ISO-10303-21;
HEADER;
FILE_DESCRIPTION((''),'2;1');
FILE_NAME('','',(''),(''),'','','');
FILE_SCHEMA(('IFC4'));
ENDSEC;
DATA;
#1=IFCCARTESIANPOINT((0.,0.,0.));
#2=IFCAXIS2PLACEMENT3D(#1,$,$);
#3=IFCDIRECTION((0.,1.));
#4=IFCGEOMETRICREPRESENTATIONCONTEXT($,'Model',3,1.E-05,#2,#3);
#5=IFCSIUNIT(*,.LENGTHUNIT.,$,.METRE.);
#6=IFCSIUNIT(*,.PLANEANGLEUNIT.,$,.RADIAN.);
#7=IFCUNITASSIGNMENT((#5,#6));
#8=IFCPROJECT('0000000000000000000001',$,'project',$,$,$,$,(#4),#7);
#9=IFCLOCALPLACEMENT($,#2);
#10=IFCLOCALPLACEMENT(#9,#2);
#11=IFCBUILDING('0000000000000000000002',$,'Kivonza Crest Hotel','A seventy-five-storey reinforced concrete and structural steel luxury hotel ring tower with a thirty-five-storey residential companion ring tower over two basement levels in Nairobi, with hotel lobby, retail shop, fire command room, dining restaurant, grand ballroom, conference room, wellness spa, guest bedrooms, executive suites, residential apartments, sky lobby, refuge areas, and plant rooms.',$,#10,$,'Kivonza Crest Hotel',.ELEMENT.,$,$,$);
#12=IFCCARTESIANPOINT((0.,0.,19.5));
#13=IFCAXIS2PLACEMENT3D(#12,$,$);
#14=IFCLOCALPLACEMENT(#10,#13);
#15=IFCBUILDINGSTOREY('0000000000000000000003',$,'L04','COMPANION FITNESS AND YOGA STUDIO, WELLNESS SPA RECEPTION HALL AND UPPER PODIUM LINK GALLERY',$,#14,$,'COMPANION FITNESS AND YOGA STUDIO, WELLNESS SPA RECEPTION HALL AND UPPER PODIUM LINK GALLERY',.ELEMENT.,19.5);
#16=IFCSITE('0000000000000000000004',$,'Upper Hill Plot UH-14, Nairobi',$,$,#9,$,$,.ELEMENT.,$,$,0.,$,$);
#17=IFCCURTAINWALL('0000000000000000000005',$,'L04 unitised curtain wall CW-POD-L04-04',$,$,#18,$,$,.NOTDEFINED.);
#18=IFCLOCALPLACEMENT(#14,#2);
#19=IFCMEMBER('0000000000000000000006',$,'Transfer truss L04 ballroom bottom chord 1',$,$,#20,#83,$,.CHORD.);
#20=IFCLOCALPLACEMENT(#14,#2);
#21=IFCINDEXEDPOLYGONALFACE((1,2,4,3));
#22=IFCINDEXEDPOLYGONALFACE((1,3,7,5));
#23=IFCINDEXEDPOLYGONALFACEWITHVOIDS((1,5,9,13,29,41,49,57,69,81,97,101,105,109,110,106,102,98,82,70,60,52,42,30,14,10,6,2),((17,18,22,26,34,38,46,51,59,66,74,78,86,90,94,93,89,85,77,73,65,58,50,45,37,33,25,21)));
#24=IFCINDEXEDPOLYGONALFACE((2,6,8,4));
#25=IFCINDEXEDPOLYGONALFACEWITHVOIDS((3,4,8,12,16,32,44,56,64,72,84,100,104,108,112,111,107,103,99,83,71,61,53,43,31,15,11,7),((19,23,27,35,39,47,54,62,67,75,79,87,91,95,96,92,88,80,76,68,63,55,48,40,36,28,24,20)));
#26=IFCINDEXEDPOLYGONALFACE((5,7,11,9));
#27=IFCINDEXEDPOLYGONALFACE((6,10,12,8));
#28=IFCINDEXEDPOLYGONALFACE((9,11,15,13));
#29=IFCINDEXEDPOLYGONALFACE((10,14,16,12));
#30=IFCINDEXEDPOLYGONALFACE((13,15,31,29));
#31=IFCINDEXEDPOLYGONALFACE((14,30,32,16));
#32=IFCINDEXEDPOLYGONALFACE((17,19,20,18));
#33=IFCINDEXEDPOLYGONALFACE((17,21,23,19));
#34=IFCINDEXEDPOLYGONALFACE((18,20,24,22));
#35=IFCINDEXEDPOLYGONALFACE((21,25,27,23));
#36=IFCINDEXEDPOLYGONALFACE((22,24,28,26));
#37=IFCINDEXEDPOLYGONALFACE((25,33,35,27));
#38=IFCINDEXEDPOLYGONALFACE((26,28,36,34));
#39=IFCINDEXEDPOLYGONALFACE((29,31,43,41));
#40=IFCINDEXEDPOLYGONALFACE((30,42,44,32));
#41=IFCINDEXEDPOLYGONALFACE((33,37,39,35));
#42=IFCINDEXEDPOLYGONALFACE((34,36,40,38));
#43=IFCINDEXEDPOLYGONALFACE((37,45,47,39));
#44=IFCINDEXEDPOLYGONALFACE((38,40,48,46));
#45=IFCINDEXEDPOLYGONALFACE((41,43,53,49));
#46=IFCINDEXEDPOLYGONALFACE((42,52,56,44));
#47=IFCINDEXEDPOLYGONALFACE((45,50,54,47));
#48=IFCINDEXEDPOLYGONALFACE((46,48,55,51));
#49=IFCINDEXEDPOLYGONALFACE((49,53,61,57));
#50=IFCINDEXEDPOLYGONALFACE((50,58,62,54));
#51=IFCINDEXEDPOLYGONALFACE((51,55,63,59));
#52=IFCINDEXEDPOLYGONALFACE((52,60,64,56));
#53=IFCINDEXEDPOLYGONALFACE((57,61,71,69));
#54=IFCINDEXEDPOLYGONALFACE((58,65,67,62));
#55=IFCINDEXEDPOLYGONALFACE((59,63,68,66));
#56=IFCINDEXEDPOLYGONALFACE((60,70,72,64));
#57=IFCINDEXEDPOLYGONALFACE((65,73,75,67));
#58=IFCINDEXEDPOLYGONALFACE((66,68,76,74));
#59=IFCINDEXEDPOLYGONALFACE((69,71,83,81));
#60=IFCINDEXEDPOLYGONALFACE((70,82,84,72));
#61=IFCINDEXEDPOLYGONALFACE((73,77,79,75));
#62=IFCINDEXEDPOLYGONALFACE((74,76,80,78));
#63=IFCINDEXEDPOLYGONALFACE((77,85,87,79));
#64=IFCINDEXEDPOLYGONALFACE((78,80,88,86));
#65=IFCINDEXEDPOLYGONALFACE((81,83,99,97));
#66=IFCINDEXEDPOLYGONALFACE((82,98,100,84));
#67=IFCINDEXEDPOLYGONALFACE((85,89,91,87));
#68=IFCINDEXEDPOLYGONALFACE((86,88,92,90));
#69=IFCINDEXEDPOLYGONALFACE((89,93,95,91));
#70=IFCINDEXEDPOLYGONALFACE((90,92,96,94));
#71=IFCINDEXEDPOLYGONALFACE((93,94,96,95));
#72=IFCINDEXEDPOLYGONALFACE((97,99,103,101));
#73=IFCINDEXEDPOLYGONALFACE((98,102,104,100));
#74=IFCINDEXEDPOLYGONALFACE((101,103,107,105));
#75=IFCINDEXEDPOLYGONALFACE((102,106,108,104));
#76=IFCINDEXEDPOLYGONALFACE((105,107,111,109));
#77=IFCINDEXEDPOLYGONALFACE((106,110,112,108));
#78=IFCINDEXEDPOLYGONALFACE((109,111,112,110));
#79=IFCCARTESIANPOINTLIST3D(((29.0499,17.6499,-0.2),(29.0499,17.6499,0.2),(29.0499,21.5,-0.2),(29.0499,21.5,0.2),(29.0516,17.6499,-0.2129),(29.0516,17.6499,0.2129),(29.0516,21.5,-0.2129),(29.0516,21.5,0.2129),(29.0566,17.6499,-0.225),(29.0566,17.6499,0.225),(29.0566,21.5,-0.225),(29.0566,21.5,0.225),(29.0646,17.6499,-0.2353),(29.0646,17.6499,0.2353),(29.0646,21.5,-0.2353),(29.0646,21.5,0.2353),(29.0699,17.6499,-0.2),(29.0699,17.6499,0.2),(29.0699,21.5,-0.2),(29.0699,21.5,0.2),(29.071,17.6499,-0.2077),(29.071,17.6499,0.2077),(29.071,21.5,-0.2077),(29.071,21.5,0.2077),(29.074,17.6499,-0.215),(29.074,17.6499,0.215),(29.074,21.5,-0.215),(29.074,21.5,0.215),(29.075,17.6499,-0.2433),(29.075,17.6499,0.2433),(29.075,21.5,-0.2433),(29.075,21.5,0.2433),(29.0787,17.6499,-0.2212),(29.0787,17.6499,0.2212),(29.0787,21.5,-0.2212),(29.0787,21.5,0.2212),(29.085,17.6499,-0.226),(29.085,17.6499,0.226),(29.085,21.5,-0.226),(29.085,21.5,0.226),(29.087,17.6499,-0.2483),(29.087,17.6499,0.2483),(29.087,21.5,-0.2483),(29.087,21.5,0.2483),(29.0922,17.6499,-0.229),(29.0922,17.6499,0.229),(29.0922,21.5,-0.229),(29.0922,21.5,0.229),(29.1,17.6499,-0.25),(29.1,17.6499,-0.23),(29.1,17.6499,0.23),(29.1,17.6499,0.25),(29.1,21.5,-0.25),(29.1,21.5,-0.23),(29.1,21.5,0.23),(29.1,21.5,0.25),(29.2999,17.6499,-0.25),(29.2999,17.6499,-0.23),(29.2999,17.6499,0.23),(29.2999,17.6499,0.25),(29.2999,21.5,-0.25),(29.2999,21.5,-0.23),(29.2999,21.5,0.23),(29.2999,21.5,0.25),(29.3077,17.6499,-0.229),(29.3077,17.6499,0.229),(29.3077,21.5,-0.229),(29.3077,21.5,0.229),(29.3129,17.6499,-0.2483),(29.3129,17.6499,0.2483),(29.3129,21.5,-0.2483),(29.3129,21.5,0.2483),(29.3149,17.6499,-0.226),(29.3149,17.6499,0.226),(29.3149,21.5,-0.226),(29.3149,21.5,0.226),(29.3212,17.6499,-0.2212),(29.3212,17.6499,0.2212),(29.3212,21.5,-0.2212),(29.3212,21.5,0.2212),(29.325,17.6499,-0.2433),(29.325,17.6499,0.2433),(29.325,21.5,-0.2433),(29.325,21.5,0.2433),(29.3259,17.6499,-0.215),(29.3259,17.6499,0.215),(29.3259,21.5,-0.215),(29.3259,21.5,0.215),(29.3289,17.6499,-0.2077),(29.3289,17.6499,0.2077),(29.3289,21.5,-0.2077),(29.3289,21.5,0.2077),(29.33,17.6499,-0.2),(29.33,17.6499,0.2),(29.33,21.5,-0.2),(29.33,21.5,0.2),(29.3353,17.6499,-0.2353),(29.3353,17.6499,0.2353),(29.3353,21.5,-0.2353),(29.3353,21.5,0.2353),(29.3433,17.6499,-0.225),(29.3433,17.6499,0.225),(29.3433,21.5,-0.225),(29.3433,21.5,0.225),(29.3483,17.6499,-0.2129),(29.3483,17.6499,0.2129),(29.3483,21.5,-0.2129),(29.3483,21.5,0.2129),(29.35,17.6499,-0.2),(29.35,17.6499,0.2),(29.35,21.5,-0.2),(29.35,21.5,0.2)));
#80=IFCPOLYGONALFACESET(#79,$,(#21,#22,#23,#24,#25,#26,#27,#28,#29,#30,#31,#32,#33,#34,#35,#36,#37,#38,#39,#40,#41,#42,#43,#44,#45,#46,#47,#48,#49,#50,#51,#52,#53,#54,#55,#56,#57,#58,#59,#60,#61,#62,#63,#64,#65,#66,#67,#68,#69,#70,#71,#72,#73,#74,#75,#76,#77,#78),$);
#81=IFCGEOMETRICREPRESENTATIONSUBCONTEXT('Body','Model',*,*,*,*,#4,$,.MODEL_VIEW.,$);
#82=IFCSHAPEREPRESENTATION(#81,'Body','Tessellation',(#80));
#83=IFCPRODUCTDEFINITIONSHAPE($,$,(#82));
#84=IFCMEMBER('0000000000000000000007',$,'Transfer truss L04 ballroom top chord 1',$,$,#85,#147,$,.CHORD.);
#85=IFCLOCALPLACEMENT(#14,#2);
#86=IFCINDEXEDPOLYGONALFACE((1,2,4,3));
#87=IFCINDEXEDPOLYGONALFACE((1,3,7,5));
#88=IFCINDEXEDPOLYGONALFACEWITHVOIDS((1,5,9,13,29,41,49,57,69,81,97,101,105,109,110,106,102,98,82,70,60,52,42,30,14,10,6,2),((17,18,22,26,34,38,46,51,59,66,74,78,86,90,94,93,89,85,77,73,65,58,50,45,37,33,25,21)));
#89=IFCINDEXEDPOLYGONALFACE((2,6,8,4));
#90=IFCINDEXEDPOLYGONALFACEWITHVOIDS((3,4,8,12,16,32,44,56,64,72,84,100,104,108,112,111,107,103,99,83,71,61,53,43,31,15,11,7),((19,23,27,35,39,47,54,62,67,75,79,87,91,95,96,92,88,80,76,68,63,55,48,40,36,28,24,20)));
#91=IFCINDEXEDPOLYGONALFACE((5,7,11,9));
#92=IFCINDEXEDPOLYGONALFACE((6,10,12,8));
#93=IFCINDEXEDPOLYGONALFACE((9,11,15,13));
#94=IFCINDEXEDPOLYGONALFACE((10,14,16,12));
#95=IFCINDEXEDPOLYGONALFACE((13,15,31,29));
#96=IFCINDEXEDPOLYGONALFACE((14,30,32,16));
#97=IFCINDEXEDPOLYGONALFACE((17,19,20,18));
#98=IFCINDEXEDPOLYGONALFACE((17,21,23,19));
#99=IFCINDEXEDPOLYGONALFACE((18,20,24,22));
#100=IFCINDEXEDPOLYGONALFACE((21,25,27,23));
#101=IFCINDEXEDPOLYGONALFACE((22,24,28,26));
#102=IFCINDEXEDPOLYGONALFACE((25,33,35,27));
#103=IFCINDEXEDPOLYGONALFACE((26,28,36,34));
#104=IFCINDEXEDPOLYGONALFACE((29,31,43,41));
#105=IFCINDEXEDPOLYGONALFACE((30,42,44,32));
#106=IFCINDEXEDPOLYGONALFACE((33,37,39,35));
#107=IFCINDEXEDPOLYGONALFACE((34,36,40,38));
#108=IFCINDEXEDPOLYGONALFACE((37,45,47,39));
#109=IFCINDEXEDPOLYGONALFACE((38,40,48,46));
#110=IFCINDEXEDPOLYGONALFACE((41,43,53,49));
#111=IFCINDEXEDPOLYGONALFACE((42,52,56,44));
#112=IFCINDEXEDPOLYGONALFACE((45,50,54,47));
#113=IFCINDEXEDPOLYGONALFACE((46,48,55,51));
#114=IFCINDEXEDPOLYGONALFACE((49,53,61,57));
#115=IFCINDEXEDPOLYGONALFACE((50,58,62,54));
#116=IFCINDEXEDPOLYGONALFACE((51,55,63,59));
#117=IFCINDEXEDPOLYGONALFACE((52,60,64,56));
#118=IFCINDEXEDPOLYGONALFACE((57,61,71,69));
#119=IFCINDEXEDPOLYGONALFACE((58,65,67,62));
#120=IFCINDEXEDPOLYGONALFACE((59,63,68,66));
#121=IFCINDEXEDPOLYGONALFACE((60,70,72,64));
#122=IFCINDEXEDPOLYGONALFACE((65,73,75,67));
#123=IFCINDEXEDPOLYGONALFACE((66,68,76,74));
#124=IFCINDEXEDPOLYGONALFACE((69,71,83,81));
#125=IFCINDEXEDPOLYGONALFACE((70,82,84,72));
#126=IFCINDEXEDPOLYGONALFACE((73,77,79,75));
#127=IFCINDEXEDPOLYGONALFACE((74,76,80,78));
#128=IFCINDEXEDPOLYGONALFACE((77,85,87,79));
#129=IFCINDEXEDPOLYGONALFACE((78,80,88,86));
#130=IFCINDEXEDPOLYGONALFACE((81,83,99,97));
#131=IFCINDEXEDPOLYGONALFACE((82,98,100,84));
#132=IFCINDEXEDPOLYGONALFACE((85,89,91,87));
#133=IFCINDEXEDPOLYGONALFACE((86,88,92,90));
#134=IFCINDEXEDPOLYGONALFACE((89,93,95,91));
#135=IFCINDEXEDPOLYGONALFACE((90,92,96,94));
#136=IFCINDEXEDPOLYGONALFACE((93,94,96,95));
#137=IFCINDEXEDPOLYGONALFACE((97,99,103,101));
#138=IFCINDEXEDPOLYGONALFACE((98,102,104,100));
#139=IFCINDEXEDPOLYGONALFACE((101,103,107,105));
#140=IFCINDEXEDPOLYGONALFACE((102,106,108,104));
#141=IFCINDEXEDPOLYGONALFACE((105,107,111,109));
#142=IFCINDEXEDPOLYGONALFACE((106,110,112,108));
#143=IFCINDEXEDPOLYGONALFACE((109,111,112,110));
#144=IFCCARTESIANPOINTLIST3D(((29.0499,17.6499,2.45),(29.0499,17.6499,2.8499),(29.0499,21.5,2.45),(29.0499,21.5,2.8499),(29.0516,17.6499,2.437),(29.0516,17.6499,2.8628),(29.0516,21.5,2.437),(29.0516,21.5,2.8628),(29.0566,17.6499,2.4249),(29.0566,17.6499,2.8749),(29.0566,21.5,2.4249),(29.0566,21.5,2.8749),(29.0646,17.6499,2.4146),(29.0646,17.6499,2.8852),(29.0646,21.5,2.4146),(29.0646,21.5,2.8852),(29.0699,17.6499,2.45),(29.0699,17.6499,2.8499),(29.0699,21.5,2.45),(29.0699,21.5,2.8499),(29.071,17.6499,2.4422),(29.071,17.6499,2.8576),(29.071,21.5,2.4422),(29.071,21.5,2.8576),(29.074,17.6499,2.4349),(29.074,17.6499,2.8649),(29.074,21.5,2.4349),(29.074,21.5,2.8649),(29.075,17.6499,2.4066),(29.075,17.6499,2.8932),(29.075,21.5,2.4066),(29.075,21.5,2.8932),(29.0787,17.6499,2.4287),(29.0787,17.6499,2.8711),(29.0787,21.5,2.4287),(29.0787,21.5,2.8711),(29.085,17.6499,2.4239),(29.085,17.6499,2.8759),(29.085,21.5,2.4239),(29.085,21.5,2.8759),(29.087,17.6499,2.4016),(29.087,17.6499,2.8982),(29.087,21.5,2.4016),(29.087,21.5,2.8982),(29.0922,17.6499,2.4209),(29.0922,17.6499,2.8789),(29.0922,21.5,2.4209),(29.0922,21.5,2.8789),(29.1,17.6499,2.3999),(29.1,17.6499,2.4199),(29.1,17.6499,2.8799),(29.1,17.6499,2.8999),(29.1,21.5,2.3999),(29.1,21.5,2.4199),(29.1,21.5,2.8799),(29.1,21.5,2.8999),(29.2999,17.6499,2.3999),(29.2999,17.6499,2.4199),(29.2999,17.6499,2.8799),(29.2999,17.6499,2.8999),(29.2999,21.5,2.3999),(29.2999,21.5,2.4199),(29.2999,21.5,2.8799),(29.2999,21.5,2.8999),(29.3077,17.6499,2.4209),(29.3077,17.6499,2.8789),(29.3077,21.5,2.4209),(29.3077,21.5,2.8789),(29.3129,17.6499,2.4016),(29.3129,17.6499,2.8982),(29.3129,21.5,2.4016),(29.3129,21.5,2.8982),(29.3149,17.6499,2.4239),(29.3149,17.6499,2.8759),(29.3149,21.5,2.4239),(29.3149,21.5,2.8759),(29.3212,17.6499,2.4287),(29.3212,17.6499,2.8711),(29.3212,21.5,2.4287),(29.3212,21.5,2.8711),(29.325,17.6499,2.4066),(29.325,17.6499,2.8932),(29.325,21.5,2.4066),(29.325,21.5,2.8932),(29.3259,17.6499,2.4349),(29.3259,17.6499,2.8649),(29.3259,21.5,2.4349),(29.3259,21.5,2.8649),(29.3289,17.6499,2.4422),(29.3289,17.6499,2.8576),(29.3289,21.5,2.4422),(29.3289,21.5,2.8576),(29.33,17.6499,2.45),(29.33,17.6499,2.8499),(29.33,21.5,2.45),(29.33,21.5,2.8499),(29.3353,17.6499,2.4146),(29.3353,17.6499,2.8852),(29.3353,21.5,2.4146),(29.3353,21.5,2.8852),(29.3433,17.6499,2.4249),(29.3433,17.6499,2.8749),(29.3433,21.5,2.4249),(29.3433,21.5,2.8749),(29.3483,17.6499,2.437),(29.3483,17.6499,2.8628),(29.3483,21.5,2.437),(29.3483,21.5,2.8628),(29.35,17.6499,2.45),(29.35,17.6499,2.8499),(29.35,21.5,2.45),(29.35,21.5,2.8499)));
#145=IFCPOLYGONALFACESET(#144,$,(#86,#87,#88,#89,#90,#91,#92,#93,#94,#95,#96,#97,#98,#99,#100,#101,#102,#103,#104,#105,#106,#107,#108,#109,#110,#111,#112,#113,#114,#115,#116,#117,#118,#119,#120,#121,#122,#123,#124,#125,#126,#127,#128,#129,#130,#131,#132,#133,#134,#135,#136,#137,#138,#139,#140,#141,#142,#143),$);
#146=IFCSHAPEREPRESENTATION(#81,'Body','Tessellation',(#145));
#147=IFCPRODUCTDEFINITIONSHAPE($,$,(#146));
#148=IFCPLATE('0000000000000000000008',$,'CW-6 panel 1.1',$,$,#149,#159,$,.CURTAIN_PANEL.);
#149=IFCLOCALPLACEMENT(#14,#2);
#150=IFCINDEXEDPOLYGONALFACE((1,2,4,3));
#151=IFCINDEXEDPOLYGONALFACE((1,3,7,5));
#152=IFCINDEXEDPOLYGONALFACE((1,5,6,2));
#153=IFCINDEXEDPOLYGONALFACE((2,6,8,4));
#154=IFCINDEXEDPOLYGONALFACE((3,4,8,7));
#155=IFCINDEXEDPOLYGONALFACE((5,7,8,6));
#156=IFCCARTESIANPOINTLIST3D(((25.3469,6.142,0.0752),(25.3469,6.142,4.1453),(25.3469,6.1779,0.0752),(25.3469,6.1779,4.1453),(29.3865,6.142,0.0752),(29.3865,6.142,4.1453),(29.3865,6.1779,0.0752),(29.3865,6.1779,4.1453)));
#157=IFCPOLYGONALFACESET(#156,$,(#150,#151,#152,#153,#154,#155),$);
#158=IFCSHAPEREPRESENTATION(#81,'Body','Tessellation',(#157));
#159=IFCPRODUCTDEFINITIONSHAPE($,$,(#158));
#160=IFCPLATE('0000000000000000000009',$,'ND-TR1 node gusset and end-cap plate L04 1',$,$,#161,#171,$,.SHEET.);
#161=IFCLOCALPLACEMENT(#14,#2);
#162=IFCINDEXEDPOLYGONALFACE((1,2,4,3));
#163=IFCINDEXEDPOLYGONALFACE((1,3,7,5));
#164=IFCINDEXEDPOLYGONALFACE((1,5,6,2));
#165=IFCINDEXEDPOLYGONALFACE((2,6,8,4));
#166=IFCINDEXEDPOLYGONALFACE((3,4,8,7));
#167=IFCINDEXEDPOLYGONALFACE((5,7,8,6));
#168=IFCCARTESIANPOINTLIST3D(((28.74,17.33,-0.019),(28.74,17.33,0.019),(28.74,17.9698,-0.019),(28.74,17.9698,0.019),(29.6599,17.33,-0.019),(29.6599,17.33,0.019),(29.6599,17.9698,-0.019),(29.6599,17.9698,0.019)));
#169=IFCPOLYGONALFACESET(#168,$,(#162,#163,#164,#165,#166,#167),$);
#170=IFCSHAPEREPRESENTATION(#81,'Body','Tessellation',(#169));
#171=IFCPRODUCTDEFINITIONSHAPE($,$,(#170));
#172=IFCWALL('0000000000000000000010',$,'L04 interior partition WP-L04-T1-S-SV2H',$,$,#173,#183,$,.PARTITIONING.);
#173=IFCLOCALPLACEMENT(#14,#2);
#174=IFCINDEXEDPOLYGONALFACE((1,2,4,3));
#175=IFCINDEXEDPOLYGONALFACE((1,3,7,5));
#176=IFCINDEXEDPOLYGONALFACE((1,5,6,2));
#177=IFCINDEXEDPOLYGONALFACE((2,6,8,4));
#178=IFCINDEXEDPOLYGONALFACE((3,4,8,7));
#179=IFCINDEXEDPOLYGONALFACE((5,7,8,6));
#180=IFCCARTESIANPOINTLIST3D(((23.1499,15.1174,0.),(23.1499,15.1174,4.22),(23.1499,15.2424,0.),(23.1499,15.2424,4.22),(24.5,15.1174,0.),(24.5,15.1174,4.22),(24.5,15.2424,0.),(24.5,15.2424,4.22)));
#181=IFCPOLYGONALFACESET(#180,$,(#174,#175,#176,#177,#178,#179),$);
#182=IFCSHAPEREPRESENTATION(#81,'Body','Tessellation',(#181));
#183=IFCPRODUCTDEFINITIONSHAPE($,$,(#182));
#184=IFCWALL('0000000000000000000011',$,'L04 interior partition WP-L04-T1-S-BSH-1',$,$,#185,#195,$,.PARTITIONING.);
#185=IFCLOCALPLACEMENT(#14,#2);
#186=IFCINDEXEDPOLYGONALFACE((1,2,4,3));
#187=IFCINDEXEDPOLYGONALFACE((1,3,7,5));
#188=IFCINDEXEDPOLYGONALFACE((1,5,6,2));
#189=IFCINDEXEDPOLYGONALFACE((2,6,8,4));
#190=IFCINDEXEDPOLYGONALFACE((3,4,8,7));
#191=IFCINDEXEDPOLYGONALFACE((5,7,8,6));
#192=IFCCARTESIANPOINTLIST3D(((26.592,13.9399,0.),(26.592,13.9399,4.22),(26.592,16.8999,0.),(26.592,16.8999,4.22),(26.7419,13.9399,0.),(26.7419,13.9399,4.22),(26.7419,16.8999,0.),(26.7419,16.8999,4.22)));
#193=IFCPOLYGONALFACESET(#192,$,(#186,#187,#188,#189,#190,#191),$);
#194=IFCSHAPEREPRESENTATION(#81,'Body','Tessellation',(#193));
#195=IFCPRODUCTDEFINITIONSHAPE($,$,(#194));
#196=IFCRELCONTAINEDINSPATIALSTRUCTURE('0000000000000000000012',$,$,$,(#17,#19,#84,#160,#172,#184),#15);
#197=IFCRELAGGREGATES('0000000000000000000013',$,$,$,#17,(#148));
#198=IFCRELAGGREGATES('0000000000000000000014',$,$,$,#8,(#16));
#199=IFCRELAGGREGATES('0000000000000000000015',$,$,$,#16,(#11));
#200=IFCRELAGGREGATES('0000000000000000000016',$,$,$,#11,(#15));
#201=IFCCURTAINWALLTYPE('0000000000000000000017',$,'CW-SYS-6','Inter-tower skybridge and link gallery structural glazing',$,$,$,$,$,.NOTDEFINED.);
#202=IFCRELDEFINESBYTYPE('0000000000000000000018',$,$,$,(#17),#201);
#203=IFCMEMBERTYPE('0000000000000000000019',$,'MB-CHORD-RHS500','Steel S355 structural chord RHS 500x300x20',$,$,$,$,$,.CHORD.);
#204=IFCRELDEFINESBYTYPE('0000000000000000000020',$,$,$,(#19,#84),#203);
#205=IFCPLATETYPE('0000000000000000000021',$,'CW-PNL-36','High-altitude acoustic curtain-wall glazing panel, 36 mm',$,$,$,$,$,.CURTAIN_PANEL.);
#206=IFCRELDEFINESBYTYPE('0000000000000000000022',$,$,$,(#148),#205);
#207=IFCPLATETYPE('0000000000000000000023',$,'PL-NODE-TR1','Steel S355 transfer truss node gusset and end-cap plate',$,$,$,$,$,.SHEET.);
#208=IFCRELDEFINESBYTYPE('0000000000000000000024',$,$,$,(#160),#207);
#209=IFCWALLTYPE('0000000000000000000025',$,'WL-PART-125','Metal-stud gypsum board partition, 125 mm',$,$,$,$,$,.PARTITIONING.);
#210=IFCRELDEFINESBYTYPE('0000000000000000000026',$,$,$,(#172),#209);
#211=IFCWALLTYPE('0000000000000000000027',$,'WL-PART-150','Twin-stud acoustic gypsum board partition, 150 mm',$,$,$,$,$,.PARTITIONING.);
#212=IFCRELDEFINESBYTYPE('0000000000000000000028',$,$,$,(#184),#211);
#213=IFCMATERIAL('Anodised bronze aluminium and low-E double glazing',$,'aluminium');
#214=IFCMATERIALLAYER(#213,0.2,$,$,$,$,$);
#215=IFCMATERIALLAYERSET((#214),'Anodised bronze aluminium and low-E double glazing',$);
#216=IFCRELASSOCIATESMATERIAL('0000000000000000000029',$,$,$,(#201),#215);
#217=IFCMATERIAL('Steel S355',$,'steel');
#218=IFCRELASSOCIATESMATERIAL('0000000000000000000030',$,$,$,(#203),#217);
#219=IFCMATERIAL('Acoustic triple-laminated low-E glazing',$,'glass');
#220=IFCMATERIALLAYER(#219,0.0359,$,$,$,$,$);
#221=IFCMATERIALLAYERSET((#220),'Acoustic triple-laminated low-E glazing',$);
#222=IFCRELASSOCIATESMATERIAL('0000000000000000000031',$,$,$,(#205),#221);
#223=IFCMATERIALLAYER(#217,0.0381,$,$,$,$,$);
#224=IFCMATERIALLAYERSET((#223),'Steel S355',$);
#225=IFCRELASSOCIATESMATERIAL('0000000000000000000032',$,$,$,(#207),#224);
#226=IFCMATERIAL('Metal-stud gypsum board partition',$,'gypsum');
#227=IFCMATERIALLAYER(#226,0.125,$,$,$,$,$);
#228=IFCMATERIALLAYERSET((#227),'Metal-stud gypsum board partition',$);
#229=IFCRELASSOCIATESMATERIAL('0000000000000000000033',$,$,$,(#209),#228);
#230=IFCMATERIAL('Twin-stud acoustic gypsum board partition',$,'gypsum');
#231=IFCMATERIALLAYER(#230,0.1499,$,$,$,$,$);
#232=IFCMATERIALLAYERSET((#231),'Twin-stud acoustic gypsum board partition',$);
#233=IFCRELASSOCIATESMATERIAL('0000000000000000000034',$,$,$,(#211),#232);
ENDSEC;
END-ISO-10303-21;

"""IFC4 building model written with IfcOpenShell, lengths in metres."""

from ifc_helpers import new_model, si_unit, direction, frame, frame_2d, origin, origin_2d, place, context, subcontext, project, spatial, rectangle, hollow_rectangle, extrude, material, layer, layer_set, material_profile, profile_set, type_object, element, aggregate, save


model = new_model("IFC4")

# Units and contexts
model_context = context("Model", 3, precision=1e-05, world=origin(), true_north=direction((0.0, 1.0)))
body_context = subcontext(model_context, "Body", "Model", "MODEL_VIEW")
ifc_project = project(units=[si_unit("LENGTHUNIT", "METRE"), si_unit("PLANEANGLEUNIT", "RADIAN")], contexts=[model_context])

# Site, building, storey
site_placement = place(None, origin())
site = spatial("IfcSite", under=ifc_project, at=site_placement, Name="Upper Hill Plot UH-14, Nairobi", CompositionType="ELEMENT", RefElevation=0.0)
building_placement = place(site_placement, origin())
building = spatial("IfcBuilding", under=site, at=building_placement, Name="Kivonza Crest Hotel", Description="A seventy-five-storey reinforced concrete and structural steel luxury hotel ring tower with a thirty-five-storey residential companion ring tower over two basement levels in Nairobi, with hotel lobby, retail shop, fire command room, dining restaurant, grand ballroom, conference room, wellness spa, guest bedrooms, executive suites, residential apartments, sky lobby, refuge areas, and plant rooms.", LongName="Kivonza Crest Hotel", CompositionType="ELEMENT")
storey_placement = place(building_placement, frame((0.0, 0.0, 19.5)))
storey = spatial("IfcBuildingStorey", under=building, at=storey_placement, Name="L04", Description="COMPANION FITNESS AND YOGA STUDIO, WELLNESS SPA RECEPTION HALL AND UPPER PODIUM LINK GALLERY", LongName="COMPANION FITNESS AND YOGA STUDIO, WELLNESS SPA RECEPTION HALL AND UPPER PODIUM LINK GALLERY", CompositionType="ELEMENT", Elevation=19.5)

# Shared definitions
ifc_material_1 = material(Name="Steel S355", Category="steel")

# Shared definitions
ifc_material_2 = material(Name="Anodised bronze aluminium and low-E double glazing", Category="aluminium")
ifc_layer_1 = layer(ifc_material_2, 0.2)
ifc_layer_set_1 = layer_set([ifc_layer_1], Name="Anodised bronze aluminium and low-E double glazing")
curtain_wall_type = type_object("IfcCurtainWallType", Name="CW-SYS-6", Description="Inter-tower skybridge and link gallery structural glazing", PredefinedType="NOTDEFINED", material=ifc_layer_set_1)

# Curtain wall
curtain_wall_1_placement = place(storey_placement, origin())
curtain_wall_1 = element("IfcCurtainWall", 1, at=curtain_wall_1_placement, inside=storey, type_object=curtain_wall_type, Name="L04 unitised curtain wall CW-POD-L04-04", PredefinedType="NOTDEFINED")

# Members
ifc_material_profile_1 = material_profile(ifc_material_1, hollow_rectangle(XDim=0.3, YDim=0.5, WallThickness=0.02, InnerFilletRadius=0.03, OuterFilletRadius=0.05, at=origin_2d()), Name="RHS 500x300x20")
ifc_profile_set_1 = profile_set([ifc_material_profile_1], Name="Steel S355")
member_type_1 = type_object("IfcMemberType", Name="MB-CHORD-RHS500", Description="Steel S355 structural chord RHS 500x300x20", PredefinedType="CHORD", material=ifc_profile_set_1)
for number, where, z_axis, x_axis, name in (
    (2, (29.2, 17.6499, 0.0), (0.0, 1.0, 0.0), (-1.0, 0.0, 0.0), "Transfer truss L04 ballroom bottom chord 1"),
    (3, (29.2, 17.6499, 2.6499), (0.0, 1.0, 0.0), (-1.0, 0.0, 0.0), "Transfer truss L04 ballroom top chord 1"),
):
    element("IfcMember", number, at=place(storey_placement, frame(where, z_axis=z_axis, x_axis=x_axis)), inside=storey, type_object=member_type_1, Name=name, PredefinedType="CHORD", context=body_context, shape_type="SweptSolid", body=[
        extrude(hollow_rectangle(XDim=0.3, YDim=0.5, WallThickness=0.02, InnerFilletRadius=0.03, OuterFilletRadius=0.05, at=origin_2d()), origin(), (0.0, 0.0, 1.0), 3.8501),
    ])

# Plates
ifc_material_3 = material(Name="Acoustic triple-laminated low-E glazing", Category="glass")
ifc_layer_2 = layer(ifc_material_3, 0.0359)
ifc_layer_set_2 = layer_set([ifc_layer_2], Name="Acoustic triple-laminated low-E glazing")
plate_type_1 = type_object("IfcPlateType", Name="CW-PNL-36", Description="High-altitude acoustic curtain-wall glazing panel, 36 mm", PredefinedType="CURTAIN_PANEL", material=ifc_layer_set_2)
plate_1_placement = place(storey_placement, frame((27.3667, 6.1599, 0.0752), z_axis=(0.0, 0.0, 1.0), x_axis=(1.0, 0.0, 0.0)))
plate_1 = element("IfcPlate", 4, at=plate_1_placement, type_object=plate_type_1, Name="CW-6 panel 1.1", PredefinedType="CURTAIN_PANEL", context=body_context, shape_type="SweptSolid", body=[
    extrude(rectangle(XDim=4.0396, YDim=0.0359, at=origin_2d()), origin(), (0.0, 0.0, 1.0), 4.0701),
])
aggregate(curtain_wall_1, [plate_1])
ifc_layer_3 = layer(ifc_material_1, 0.0381)
ifc_layer_set_3 = layer_set([ifc_layer_3], Name="Steel S355")
plate_type_2 = type_object("IfcPlateType", Name="PL-NODE-TR1", Description="Steel S355 transfer truss node gusset and end-cap plate", PredefinedType="SHEET", material=ifc_layer_set_3)
plate_2_placement = place(storey_placement, frame((29.2, 17.6499, -0.019), z_axis=(0.0, 0.0, 1.0), x_axis=(1.0, 0.0, 0.0)))
element("IfcPlate", 5, at=plate_2_placement, inside=storey, type_object=plate_type_2, Name="ND-TR1 node gusset and end-cap plate L04 1", PredefinedType="SHEET", context=body_context, shape_type="SweptSolid", body=[
    extrude(rectangle(XDim=0.9199, YDim=0.6399, at=origin_2d()), origin(), (0.0, 0.0, 1.0), 0.0381),
])

# Walls
ifc_material_4 = material(Name="Metal-stud gypsum board partition", Category="gypsum")
ifc_layer_4 = layer(ifc_material_4, 0.125)
ifc_layer_set_4 = layer_set([ifc_layer_4], Name="Metal-stud gypsum board partition")
wall_type_1 = type_object("IfcWallType", Name="WL-PART-125", Description="Metal-stud gypsum board partition, 125 mm", PredefinedType="PARTITIONING", material=ifc_layer_set_4)
wall_1_placement = place(storey_placement, frame((23.1499, 15.1799, 0.0), z_axis=(0.0, 0.0, 1.0), x_axis=(1.0, 0.0, 0.0)))
element("IfcWall", 6, at=wall_1_placement, inside=storey, type_object=wall_type_1, Name="L04 interior partition WP-L04-T1-S-SV2H", PredefinedType="PARTITIONING", context=body_context, shape_type="SweptSolid", body=[
    extrude(rectangle(XDim=1.3501, YDim=0.125, at=frame_2d((0.675, 0.0))), origin(), (0.0, 0.0, 1.0), 4.22),
])
ifc_material_5 = material(Name="Twin-stud acoustic gypsum board partition", Category="gypsum")
ifc_layer_5 = layer(ifc_material_5, 0.1499)
ifc_layer_set_5 = layer_set([ifc_layer_5], Name="Twin-stud acoustic gypsum board partition")
wall_type_2 = type_object("IfcWallType", Name="WL-PART-150", Description="Twin-stud acoustic gypsum board partition, 150 mm", PredefinedType="PARTITIONING", material=ifc_layer_set_5)
wall_2_placement = place(storey_placement, frame((26.667, 13.9399, 0.0), z_axis=(0.0, 0.0, 1.0), x_axis=(0.0, 1.0, 0.0)))
element("IfcWall", 7, at=wall_2_placement, inside=storey, type_object=wall_type_2, Name="L04 interior partition WP-L04-T1-S-BSH-1", PredefinedType="PARTITIONING", context=body_context, shape_type="SweptSolid", body=[
    extrude(rectangle(XDim=2.96, YDim=0.1499, at=frame_2d((1.48, 0.0))), origin(), (0.0, 0.0, 1.0), 4.22),
])

save(model, "model.ifc")
